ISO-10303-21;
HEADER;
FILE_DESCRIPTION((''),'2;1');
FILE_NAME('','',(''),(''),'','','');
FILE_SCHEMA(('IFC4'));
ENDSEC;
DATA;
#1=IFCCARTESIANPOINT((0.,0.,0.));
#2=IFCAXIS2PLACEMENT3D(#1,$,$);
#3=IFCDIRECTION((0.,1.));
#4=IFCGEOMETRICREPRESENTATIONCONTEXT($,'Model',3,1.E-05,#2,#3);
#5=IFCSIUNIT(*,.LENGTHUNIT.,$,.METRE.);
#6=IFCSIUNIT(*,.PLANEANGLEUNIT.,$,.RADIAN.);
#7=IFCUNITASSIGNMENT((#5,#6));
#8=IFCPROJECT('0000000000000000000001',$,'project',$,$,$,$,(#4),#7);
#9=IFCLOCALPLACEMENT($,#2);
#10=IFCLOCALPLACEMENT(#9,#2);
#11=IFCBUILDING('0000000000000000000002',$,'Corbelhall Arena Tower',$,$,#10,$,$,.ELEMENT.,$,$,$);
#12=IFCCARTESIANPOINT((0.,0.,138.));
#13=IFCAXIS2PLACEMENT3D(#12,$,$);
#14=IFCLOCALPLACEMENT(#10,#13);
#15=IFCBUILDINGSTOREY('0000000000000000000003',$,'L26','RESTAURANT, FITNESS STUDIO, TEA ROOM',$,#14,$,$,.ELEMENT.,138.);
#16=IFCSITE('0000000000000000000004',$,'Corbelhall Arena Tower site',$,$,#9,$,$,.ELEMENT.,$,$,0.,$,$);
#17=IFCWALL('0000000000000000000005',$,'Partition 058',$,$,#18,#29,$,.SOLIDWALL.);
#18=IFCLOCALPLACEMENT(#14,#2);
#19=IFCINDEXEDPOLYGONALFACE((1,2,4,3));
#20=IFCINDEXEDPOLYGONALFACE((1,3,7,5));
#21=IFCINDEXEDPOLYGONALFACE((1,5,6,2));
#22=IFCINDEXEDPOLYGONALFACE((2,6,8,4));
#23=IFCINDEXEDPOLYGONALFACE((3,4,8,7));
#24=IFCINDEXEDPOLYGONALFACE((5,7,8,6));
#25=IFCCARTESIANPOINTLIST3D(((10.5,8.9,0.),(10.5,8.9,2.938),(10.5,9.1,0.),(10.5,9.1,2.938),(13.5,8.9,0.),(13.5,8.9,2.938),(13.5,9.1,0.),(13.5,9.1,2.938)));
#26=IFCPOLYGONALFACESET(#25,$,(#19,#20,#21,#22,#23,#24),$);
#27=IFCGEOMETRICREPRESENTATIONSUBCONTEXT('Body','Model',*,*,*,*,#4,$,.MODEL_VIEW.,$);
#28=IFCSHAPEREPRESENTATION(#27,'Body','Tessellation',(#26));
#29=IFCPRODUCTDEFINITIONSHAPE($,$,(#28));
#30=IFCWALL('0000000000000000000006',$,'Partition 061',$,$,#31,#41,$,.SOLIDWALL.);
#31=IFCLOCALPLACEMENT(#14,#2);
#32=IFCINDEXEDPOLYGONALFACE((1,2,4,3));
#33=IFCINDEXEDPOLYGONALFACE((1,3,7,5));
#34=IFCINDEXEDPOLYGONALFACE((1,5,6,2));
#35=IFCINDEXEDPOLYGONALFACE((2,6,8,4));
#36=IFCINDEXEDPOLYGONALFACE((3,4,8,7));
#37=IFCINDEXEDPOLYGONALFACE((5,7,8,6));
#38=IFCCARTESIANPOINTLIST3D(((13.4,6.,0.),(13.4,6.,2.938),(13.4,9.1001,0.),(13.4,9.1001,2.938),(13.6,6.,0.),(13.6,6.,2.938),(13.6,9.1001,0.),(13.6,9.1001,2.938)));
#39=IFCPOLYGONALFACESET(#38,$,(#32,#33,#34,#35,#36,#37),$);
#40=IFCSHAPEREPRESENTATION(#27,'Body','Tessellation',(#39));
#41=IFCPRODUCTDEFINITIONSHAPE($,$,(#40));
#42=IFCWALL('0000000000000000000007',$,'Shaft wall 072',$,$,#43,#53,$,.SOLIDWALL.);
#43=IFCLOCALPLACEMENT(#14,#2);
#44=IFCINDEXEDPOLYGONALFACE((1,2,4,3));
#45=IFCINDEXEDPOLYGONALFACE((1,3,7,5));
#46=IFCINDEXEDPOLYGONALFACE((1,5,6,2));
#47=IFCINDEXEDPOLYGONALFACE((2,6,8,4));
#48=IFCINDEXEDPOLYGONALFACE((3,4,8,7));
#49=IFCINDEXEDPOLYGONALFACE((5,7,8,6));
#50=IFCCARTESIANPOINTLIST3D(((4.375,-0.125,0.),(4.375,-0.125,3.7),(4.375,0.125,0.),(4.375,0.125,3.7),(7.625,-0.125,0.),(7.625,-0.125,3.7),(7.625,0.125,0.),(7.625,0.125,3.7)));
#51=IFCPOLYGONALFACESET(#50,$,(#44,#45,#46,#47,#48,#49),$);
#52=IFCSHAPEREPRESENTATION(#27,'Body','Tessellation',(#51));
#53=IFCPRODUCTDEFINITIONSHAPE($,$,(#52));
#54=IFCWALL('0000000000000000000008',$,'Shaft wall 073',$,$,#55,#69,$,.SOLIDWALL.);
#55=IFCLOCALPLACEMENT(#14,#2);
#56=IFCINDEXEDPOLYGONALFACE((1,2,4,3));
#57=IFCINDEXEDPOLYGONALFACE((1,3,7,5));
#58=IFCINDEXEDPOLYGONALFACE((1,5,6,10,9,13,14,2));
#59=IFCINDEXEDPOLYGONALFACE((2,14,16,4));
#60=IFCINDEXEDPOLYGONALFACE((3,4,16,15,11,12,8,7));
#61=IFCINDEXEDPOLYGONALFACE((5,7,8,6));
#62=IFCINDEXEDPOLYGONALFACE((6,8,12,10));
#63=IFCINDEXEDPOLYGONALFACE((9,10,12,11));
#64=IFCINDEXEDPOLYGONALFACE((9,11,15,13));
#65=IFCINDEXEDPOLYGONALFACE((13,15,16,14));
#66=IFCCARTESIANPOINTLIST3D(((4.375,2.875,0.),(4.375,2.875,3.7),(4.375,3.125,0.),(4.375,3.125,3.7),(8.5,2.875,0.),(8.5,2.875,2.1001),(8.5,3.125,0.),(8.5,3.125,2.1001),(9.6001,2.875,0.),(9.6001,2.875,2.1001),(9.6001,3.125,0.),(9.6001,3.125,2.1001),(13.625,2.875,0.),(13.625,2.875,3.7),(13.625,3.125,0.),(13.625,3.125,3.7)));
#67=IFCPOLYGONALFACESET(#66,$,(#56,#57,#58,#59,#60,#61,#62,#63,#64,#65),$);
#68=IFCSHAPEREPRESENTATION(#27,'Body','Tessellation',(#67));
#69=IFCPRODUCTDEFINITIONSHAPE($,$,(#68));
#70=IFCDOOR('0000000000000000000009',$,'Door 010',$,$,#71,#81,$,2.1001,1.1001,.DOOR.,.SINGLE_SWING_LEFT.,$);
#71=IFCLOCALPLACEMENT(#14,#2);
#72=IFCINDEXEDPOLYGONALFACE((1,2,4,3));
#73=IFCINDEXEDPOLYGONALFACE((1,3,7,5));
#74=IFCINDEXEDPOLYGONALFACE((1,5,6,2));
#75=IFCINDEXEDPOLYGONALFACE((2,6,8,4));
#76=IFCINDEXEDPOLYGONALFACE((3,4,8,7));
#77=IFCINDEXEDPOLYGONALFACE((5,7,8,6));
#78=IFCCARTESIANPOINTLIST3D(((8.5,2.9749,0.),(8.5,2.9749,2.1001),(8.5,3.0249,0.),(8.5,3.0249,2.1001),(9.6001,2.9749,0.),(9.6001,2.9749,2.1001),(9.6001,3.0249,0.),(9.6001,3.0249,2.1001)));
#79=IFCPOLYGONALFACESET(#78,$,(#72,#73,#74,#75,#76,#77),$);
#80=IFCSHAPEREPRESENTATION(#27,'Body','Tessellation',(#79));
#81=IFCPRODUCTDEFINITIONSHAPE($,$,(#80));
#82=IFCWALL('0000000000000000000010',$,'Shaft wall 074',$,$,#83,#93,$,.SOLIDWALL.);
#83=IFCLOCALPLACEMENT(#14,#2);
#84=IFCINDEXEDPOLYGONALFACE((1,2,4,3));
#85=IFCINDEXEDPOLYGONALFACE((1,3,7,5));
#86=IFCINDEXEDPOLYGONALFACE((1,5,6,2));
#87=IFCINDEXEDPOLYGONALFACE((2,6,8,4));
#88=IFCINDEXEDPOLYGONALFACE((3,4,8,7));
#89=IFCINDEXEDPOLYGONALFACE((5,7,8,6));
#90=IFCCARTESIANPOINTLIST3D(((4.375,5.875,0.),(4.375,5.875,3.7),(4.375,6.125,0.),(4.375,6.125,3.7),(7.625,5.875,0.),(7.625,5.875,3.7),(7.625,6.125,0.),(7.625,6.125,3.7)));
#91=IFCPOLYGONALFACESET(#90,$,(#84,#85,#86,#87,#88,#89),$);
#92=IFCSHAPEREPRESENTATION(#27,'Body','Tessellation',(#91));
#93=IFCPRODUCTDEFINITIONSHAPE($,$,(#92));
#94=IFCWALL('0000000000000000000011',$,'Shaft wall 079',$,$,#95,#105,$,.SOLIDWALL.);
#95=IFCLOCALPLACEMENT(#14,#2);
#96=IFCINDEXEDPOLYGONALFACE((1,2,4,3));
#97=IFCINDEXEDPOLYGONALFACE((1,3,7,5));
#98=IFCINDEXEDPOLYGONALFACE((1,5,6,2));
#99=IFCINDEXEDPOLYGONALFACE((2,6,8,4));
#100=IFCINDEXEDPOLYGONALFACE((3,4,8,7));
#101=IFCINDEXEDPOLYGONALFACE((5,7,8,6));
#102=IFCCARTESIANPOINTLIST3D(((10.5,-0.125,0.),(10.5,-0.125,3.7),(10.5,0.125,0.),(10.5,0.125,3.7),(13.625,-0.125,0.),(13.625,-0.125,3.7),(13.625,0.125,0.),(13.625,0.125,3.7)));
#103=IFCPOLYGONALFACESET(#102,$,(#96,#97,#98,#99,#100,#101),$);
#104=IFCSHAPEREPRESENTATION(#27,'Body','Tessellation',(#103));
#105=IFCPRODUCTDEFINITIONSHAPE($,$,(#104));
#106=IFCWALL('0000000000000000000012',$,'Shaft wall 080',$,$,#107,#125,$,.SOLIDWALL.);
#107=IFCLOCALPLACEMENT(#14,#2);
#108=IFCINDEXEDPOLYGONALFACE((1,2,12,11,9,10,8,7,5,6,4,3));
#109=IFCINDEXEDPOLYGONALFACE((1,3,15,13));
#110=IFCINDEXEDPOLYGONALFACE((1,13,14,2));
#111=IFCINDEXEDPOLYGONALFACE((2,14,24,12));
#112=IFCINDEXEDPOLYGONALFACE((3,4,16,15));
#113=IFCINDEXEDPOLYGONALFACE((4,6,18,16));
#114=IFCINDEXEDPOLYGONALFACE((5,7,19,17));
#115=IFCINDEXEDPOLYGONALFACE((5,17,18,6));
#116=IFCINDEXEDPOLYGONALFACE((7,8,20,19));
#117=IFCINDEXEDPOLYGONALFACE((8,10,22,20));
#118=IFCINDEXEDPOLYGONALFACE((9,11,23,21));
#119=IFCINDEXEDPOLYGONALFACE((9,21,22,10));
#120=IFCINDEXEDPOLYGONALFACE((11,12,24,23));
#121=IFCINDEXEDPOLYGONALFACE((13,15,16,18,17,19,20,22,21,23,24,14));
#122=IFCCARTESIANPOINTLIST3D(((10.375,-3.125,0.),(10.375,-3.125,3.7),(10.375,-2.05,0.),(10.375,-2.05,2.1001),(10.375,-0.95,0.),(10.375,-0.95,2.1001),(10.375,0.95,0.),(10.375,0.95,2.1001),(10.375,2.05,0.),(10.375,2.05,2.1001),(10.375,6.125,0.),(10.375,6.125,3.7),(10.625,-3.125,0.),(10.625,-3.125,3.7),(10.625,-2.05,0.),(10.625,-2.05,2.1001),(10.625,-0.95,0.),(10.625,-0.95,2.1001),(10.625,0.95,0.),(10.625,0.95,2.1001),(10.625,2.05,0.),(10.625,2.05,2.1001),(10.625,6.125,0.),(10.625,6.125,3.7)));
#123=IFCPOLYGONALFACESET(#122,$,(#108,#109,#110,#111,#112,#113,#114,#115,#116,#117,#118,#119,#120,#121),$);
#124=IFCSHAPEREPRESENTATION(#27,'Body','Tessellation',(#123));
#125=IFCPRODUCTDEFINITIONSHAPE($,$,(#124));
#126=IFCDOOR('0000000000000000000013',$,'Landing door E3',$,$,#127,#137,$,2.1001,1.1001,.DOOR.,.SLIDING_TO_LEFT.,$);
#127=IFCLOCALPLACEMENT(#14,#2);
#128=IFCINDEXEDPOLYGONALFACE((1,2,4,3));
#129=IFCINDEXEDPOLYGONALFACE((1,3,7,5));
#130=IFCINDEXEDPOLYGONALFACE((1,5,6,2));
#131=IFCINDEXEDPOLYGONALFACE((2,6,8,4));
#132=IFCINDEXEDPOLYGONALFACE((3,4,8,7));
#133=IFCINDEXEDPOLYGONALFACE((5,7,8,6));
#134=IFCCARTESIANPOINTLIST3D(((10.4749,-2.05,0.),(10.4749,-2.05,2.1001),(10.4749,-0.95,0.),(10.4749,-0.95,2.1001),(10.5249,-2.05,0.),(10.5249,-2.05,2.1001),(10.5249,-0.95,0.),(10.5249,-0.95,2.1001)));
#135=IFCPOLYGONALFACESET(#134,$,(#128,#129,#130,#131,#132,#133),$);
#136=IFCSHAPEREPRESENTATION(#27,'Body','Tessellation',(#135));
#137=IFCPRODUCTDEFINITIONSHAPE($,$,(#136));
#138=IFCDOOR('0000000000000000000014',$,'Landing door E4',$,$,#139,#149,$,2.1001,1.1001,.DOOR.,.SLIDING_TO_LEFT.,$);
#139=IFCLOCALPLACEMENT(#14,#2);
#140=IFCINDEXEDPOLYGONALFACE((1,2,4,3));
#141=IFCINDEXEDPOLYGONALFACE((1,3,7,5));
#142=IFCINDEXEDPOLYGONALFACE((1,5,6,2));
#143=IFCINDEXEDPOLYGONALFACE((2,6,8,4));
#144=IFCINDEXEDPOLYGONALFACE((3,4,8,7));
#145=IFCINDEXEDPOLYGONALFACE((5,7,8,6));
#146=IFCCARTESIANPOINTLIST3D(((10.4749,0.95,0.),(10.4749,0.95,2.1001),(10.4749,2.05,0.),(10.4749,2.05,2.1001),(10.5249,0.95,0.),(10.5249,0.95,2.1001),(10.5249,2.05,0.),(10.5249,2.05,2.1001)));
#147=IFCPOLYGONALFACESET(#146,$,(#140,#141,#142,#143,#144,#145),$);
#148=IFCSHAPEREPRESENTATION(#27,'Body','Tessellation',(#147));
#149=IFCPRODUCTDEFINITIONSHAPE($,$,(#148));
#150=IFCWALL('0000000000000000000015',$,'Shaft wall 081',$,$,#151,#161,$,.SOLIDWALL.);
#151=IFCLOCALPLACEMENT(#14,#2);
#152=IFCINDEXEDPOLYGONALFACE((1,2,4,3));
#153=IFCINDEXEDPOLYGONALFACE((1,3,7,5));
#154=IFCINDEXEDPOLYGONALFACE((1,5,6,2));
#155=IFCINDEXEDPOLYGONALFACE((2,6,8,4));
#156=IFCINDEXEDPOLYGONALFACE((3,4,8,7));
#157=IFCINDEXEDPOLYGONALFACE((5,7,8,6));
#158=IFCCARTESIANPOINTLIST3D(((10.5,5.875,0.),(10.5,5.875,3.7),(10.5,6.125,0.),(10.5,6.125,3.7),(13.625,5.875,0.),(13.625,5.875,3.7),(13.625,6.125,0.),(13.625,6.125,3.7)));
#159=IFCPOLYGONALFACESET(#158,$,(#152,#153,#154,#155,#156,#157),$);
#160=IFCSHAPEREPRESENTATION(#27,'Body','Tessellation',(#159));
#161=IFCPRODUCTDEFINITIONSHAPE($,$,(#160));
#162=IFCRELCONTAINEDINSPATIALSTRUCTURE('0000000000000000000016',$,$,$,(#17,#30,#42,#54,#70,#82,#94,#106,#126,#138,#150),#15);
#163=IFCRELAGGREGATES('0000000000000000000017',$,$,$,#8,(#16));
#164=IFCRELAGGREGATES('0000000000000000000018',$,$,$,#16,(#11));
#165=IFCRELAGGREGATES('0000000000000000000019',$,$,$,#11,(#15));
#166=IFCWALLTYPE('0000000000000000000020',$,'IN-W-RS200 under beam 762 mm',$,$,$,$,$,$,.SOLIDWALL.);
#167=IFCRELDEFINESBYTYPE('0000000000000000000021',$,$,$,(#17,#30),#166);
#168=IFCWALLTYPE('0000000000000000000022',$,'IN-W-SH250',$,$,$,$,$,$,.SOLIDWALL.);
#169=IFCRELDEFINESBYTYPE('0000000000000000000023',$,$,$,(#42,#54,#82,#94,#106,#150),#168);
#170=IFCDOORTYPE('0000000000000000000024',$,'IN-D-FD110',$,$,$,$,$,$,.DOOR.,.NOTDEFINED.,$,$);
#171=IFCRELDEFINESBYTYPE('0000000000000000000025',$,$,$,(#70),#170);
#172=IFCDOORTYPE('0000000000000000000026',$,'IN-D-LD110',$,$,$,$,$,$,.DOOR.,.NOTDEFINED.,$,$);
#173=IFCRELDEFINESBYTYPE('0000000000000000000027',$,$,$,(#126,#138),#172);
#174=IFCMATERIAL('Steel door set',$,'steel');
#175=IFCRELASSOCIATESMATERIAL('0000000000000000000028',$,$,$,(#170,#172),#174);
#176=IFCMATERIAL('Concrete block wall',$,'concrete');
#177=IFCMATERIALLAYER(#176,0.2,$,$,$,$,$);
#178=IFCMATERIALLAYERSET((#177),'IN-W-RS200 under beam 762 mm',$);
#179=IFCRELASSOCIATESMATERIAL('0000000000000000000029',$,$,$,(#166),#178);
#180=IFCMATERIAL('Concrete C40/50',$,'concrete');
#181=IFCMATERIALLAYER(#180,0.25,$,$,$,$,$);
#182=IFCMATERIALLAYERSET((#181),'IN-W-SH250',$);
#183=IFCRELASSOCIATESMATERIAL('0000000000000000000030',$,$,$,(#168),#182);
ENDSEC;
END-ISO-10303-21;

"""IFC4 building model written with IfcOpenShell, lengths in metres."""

from ifc_helpers import new_model, si_unit, direction, frame, frame_2d, origin, place, context, subcontext, project, spatial, rectangle, extrude, material, layer, layer_set, type_object, element, fill, save


model = new_model("IFC4")

# Units and contexts
model_context = context("Model", 3, precision=1e-05, world=origin(), true_north=direction((0.0, 1.0)))
body_context = subcontext(model_context, "Body", "Model", "MODEL_VIEW")
ifc_project = project(units=[si_unit("LENGTHUNIT", "METRE"), si_unit("PLANEANGLEUNIT", "RADIAN")], contexts=[model_context])

# Site, building, storey
site_placement = place(None, origin())
site = spatial("IfcSite", under=ifc_project, at=site_placement, Name="Corbelhall Arena Tower site", CompositionType="ELEMENT", RefElevation=0.0)
building_placement = place(site_placement, origin())
building = spatial("IfcBuilding", under=site, at=building_placement, Name="Corbelhall Arena Tower", CompositionType="ELEMENT")
storey_placement = place(building_placement, frame((0.0, 0.0, 138.0)))
storey = spatial("IfcBuildingStorey", under=building, at=storey_placement, Name="L26", Description="RESTAURANT, FITNESS STUDIO, TEA ROOM", CompositionType="ELEMENT", Elevation=138.0)

# Shared definitions
ifc_material_1 = material(Name="Concrete C40/50", Category="concrete")

# Shared definitions
ifc_material_2 = material(Name="Concrete block wall", Category="concrete")
ifc_material_3 = material(Name="Steel door set", Category="steel")
door_type_1 = type_object("IfcDoorType", Name="IN-D-FD110", OperationType="NOTDEFINED", PredefinedType="DOOR", material=ifc_material_3)

# Walls
ifc_layer_1 = layer(ifc_material_2, 0.2)
ifc_layer_set_1 = layer_set([ifc_layer_1], Name="IN-W-RS200 under beam 762 mm")
wall_type_1 = type_object("IfcWallType", Name="IN-W-RS200 under beam 762 mm", PredefinedType="SOLIDWALL", material=ifc_layer_set_1)
wall_1_placement = place(storey_placement, frame((10.5, 9.0, 0.0), z_axis=(0.0, 0.0, 1.0), x_axis=(1.0, 0.0, 0.0)))
element("IfcWall", 1, at=wall_1_placement, inside=storey, type_object=wall_type_1, Name="Partition 058", PredefinedType="SOLIDWALL", context=body_context, shape_type="SweptSolid", body=[
    extrude(rectangle(XDim=3.0, YDim=0.2, at=frame_2d((1.5, 0.0))), origin(), (0.0, 0.0, 1.0), 2.938),
])
wall_2_placement = place(storey_placement, frame((13.5, 9.1001, 0.0), z_axis=(0.0, 0.0, 1.0), x_axis=(0.0, -1.0, 0.0)))
element("IfcWall", 2, at=wall_2_placement, inside=storey, type_object=wall_type_1, Name="Partition 061", PredefinedType="SOLIDWALL", context=body_context, shape_type="SweptSolid", body=[
    extrude(rectangle(XDim=3.1001, YDim=0.2, at=frame_2d((1.55, 0.0))), origin(), (0.0, 0.0, 1.0), 2.938),
])
ifc_layer_2 = layer(ifc_material_1, 0.25)
ifc_layer_set_2 = layer_set([ifc_layer_2], Name="IN-W-SH250")
wall_type_2 = type_object("IfcWallType", Name="IN-W-SH250", PredefinedType="SOLIDWALL", material=ifc_layer_set_2)
wall_3_placement = place(storey_placement, frame((4.375, 0.0, 0.0), z_axis=(0.0, 0.0, 1.0), x_axis=(1.0, 0.0, 0.0)))
element("IfcWall", 3, at=wall_3_placement, inside=storey, type_object=wall_type_2, Name="Shaft wall 072", PredefinedType="SOLIDWALL", context=body_context, shape_type="SweptSolid", body=[
    extrude(rectangle(XDim=3.25, YDim=0.25, at=frame_2d((1.625, 0.0))), origin(), (0.0, 0.0, 1.0), 3.7),
])

# Wall, opening, door
wall_4_placement = place(storey_placement, frame((4.375, 3.0, 0.0), z_axis=(0.0, 0.0, 1.0), x_axis=(1.0, 0.0, 0.0)))
wall_4 = element("IfcWall", 4, at=wall_4_placement, inside=storey, type_object=wall_type_2, Name="Shaft wall 073", PredefinedType="SOLIDWALL", context=body_context, shape_type="SweptSolid", body=[
    extrude(rectangle(XDim=9.25, YDim=0.25, at=frame_2d((4.625, 0.0))), origin(), (0.0, 0.0, 1.0), 3.7),
])
opening_1_placement = place(wall_4_placement, frame((4.125, 0.0, 0.0)))
opening_1 = element("IfcOpeningElement", 5, at=opening_1_placement, cuts=wall_4, PredefinedType="OPENING", context=body_context, shape_type="SweptSolid", body=[
    extrude(rectangle(XDim=1.1001, YDim=2.1001, at=frame_2d((0.55, 1.05))), frame((0.0, 0.125, 0.0), z_axis=(0.0, -1.0, 0.0), x_axis=(1.0, 0.0, 0.0)), (0.0, 0.0, 1.0), 0.25),
])
door_1_placement = place(opening_1_placement, origin())
door_1 = element("IfcDoor", 6, at=door_1_placement, inside=storey, type_object=door_type_1, Name="Door 010", OperationType="SINGLE_SWING_LEFT", OverallHeight=2.1001, OverallWidth=1.1001, PredefinedType="DOOR", context=body_context, shape_type="SweptSolid", body=[
    extrude(rectangle(XDim=1.1001, YDim=2.1001, at=frame_2d((0.55, 1.05))), frame((0.0, 0.0249, 0.0), z_axis=(0.0, -1.0, 0.0), x_axis=(1.0, 0.0, 0.0)), (0.0, 0.0, 1.0), 0.05),
])
fill(opening_1, door_1)

# Walls
wall_5_placement = place(storey_placement, frame((4.375, 6.0, 0.0), z_axis=(0.0, 0.0, 1.0), x_axis=(1.0, 0.0, 0.0)))
element("IfcWall", 7, at=wall_5_placement, inside=storey, type_object=wall_type_2, Name="Shaft wall 074", PredefinedType="SOLIDWALL", context=body_context, shape_type="SweptSolid", body=[
    extrude(rectangle(XDim=3.25, YDim=0.25, at=frame_2d((1.625, 0.0))), origin(), (0.0, 0.0, 1.0), 3.7),
])
wall_6_placement = place(storey_placement, frame((10.5, 0.0, 0.0), z_axis=(0.0, 0.0, 1.0), x_axis=(1.0, 0.0, 0.0)))
element("IfcWall", 8, at=wall_6_placement, inside=storey, type_object=wall_type_2, Name="Shaft wall 079", PredefinedType="SOLIDWALL", context=body_context, shape_type="SweptSolid", body=[
    extrude(rectangle(XDim=3.125, YDim=0.25, at=frame_2d((1.5625, 0.0))), origin(), (0.0, 0.0, 1.0), 3.7),
])

# Wall, openings, doors
wall_7_placement = place(storey_placement, frame((10.5, 6.125, 0.0), z_axis=(0.0, 0.0, 1.0), x_axis=(0.0, -1.0, 0.0)))
wall_7 = element("IfcWall", 9, at=wall_7_placement, inside=storey, type_object=wall_type_2, Name="Shaft wall 080", PredefinedType="SOLIDWALL", context=body_context, shape_type="SweptSolid", body=[
    extrude(rectangle(XDim=9.25, YDim=0.25, at=frame_2d((4.625, 0.0))), origin(), (0.0, 0.0, 1.0), 3.7),
])
opening_2_placement = place(wall_7_placement, frame((7.075, 0.0, 0.0)))
opening_2 = element("IfcOpeningElement", 10, at=opening_2_placement, cuts=wall_7, PredefinedType="OPENING", context=body_context, shape_type="SweptSolid", body=[
    extrude(rectangle(XDim=1.1001, YDim=2.1001, at=frame_2d((0.55, 1.05))), frame((0.0, 0.125, 0.0), z_axis=(0.0, -1.0, 0.0), x_axis=(1.0, 0.0, 0.0)), (0.0, 0.0, 1.0), 0.25),
])
opening_3_placement = place(wall_7_placement, frame((4.075, 0.0, 0.0)))
opening_3 = element("IfcOpeningElement", 11, at=opening_3_placement, cuts=wall_7, PredefinedType="OPENING", context=body_context, shape_type="SweptSolid", body=[
    extrude(rectangle(XDim=1.1001, YDim=2.1001, at=frame_2d((0.55, 1.05))), frame((0.0, 0.125, 0.0), z_axis=(0.0, -1.0, 0.0), x_axis=(1.0, 0.0, 0.0)), (0.0, 0.0, 1.0), 0.25),
])
door_type_2 = type_object("IfcDoorType", Name="IN-D-LD110", OperationType="NOTDEFINED", PredefinedType="DOOR", material=ifc_material_3)
door_2_placement = place(opening_2_placement, origin())
door_2 = element("IfcDoor", 12, at=door_2_placement, inside=storey, type_object=door_type_2, Name="Landing door E3", OperationType="SLIDING_TO_LEFT", OverallHeight=2.1001, OverallWidth=1.1001, PredefinedType="DOOR", context=body_context, shape_type="SweptSolid", body=[
    extrude(rectangle(XDim=1.1001, YDim=2.1001, at=frame_2d((0.55, 1.05))), frame((0.0, 0.0249, 0.0), z_axis=(0.0, -1.0, 0.0), x_axis=(1.0, 0.0, 0.0)), (0.0, 0.0, 1.0), 0.05),
])
fill(opening_2, door_2)
door_3_placement = place(opening_3_placement, origin())
door_3 = element("IfcDoor", 13, at=door_3_placement, inside=storey, type_object=door_type_2, Name="Landing door E4", OperationType="SLIDING_TO_LEFT", OverallHeight=2.1001, OverallWidth=1.1001, PredefinedType="DOOR", context=body_context, shape_type="SweptSolid", body=[
    extrude(rectangle(XDim=1.1001, YDim=2.1001, at=frame_2d((0.55, 1.05))), frame((0.0, 0.0249, 0.0), z_axis=(0.0, -1.0, 0.0), x_axis=(1.0, 0.0, 0.0)), (0.0, 0.0, 1.0), 0.05),
])
fill(opening_3, door_3)

# Wall
wall_8_placement = place(storey_placement, frame((10.5, 6.0, 0.0), z_axis=(0.0, 0.0, 1.0), x_axis=(1.0, 0.0, 0.0)))
element("IfcWall", 14, at=wall_8_placement, inside=storey, type_object=wall_type_2, Name="Shaft wall 081", PredefinedType="SOLIDWALL", context=body_context, shape_type="SweptSolid", body=[
    extrude(rectangle(XDim=3.125, YDim=0.25, at=frame_2d((1.5625, 0.0))), origin(), (0.0, 0.0, 1.0), 3.7),
])

save(model, "model.ifc")
